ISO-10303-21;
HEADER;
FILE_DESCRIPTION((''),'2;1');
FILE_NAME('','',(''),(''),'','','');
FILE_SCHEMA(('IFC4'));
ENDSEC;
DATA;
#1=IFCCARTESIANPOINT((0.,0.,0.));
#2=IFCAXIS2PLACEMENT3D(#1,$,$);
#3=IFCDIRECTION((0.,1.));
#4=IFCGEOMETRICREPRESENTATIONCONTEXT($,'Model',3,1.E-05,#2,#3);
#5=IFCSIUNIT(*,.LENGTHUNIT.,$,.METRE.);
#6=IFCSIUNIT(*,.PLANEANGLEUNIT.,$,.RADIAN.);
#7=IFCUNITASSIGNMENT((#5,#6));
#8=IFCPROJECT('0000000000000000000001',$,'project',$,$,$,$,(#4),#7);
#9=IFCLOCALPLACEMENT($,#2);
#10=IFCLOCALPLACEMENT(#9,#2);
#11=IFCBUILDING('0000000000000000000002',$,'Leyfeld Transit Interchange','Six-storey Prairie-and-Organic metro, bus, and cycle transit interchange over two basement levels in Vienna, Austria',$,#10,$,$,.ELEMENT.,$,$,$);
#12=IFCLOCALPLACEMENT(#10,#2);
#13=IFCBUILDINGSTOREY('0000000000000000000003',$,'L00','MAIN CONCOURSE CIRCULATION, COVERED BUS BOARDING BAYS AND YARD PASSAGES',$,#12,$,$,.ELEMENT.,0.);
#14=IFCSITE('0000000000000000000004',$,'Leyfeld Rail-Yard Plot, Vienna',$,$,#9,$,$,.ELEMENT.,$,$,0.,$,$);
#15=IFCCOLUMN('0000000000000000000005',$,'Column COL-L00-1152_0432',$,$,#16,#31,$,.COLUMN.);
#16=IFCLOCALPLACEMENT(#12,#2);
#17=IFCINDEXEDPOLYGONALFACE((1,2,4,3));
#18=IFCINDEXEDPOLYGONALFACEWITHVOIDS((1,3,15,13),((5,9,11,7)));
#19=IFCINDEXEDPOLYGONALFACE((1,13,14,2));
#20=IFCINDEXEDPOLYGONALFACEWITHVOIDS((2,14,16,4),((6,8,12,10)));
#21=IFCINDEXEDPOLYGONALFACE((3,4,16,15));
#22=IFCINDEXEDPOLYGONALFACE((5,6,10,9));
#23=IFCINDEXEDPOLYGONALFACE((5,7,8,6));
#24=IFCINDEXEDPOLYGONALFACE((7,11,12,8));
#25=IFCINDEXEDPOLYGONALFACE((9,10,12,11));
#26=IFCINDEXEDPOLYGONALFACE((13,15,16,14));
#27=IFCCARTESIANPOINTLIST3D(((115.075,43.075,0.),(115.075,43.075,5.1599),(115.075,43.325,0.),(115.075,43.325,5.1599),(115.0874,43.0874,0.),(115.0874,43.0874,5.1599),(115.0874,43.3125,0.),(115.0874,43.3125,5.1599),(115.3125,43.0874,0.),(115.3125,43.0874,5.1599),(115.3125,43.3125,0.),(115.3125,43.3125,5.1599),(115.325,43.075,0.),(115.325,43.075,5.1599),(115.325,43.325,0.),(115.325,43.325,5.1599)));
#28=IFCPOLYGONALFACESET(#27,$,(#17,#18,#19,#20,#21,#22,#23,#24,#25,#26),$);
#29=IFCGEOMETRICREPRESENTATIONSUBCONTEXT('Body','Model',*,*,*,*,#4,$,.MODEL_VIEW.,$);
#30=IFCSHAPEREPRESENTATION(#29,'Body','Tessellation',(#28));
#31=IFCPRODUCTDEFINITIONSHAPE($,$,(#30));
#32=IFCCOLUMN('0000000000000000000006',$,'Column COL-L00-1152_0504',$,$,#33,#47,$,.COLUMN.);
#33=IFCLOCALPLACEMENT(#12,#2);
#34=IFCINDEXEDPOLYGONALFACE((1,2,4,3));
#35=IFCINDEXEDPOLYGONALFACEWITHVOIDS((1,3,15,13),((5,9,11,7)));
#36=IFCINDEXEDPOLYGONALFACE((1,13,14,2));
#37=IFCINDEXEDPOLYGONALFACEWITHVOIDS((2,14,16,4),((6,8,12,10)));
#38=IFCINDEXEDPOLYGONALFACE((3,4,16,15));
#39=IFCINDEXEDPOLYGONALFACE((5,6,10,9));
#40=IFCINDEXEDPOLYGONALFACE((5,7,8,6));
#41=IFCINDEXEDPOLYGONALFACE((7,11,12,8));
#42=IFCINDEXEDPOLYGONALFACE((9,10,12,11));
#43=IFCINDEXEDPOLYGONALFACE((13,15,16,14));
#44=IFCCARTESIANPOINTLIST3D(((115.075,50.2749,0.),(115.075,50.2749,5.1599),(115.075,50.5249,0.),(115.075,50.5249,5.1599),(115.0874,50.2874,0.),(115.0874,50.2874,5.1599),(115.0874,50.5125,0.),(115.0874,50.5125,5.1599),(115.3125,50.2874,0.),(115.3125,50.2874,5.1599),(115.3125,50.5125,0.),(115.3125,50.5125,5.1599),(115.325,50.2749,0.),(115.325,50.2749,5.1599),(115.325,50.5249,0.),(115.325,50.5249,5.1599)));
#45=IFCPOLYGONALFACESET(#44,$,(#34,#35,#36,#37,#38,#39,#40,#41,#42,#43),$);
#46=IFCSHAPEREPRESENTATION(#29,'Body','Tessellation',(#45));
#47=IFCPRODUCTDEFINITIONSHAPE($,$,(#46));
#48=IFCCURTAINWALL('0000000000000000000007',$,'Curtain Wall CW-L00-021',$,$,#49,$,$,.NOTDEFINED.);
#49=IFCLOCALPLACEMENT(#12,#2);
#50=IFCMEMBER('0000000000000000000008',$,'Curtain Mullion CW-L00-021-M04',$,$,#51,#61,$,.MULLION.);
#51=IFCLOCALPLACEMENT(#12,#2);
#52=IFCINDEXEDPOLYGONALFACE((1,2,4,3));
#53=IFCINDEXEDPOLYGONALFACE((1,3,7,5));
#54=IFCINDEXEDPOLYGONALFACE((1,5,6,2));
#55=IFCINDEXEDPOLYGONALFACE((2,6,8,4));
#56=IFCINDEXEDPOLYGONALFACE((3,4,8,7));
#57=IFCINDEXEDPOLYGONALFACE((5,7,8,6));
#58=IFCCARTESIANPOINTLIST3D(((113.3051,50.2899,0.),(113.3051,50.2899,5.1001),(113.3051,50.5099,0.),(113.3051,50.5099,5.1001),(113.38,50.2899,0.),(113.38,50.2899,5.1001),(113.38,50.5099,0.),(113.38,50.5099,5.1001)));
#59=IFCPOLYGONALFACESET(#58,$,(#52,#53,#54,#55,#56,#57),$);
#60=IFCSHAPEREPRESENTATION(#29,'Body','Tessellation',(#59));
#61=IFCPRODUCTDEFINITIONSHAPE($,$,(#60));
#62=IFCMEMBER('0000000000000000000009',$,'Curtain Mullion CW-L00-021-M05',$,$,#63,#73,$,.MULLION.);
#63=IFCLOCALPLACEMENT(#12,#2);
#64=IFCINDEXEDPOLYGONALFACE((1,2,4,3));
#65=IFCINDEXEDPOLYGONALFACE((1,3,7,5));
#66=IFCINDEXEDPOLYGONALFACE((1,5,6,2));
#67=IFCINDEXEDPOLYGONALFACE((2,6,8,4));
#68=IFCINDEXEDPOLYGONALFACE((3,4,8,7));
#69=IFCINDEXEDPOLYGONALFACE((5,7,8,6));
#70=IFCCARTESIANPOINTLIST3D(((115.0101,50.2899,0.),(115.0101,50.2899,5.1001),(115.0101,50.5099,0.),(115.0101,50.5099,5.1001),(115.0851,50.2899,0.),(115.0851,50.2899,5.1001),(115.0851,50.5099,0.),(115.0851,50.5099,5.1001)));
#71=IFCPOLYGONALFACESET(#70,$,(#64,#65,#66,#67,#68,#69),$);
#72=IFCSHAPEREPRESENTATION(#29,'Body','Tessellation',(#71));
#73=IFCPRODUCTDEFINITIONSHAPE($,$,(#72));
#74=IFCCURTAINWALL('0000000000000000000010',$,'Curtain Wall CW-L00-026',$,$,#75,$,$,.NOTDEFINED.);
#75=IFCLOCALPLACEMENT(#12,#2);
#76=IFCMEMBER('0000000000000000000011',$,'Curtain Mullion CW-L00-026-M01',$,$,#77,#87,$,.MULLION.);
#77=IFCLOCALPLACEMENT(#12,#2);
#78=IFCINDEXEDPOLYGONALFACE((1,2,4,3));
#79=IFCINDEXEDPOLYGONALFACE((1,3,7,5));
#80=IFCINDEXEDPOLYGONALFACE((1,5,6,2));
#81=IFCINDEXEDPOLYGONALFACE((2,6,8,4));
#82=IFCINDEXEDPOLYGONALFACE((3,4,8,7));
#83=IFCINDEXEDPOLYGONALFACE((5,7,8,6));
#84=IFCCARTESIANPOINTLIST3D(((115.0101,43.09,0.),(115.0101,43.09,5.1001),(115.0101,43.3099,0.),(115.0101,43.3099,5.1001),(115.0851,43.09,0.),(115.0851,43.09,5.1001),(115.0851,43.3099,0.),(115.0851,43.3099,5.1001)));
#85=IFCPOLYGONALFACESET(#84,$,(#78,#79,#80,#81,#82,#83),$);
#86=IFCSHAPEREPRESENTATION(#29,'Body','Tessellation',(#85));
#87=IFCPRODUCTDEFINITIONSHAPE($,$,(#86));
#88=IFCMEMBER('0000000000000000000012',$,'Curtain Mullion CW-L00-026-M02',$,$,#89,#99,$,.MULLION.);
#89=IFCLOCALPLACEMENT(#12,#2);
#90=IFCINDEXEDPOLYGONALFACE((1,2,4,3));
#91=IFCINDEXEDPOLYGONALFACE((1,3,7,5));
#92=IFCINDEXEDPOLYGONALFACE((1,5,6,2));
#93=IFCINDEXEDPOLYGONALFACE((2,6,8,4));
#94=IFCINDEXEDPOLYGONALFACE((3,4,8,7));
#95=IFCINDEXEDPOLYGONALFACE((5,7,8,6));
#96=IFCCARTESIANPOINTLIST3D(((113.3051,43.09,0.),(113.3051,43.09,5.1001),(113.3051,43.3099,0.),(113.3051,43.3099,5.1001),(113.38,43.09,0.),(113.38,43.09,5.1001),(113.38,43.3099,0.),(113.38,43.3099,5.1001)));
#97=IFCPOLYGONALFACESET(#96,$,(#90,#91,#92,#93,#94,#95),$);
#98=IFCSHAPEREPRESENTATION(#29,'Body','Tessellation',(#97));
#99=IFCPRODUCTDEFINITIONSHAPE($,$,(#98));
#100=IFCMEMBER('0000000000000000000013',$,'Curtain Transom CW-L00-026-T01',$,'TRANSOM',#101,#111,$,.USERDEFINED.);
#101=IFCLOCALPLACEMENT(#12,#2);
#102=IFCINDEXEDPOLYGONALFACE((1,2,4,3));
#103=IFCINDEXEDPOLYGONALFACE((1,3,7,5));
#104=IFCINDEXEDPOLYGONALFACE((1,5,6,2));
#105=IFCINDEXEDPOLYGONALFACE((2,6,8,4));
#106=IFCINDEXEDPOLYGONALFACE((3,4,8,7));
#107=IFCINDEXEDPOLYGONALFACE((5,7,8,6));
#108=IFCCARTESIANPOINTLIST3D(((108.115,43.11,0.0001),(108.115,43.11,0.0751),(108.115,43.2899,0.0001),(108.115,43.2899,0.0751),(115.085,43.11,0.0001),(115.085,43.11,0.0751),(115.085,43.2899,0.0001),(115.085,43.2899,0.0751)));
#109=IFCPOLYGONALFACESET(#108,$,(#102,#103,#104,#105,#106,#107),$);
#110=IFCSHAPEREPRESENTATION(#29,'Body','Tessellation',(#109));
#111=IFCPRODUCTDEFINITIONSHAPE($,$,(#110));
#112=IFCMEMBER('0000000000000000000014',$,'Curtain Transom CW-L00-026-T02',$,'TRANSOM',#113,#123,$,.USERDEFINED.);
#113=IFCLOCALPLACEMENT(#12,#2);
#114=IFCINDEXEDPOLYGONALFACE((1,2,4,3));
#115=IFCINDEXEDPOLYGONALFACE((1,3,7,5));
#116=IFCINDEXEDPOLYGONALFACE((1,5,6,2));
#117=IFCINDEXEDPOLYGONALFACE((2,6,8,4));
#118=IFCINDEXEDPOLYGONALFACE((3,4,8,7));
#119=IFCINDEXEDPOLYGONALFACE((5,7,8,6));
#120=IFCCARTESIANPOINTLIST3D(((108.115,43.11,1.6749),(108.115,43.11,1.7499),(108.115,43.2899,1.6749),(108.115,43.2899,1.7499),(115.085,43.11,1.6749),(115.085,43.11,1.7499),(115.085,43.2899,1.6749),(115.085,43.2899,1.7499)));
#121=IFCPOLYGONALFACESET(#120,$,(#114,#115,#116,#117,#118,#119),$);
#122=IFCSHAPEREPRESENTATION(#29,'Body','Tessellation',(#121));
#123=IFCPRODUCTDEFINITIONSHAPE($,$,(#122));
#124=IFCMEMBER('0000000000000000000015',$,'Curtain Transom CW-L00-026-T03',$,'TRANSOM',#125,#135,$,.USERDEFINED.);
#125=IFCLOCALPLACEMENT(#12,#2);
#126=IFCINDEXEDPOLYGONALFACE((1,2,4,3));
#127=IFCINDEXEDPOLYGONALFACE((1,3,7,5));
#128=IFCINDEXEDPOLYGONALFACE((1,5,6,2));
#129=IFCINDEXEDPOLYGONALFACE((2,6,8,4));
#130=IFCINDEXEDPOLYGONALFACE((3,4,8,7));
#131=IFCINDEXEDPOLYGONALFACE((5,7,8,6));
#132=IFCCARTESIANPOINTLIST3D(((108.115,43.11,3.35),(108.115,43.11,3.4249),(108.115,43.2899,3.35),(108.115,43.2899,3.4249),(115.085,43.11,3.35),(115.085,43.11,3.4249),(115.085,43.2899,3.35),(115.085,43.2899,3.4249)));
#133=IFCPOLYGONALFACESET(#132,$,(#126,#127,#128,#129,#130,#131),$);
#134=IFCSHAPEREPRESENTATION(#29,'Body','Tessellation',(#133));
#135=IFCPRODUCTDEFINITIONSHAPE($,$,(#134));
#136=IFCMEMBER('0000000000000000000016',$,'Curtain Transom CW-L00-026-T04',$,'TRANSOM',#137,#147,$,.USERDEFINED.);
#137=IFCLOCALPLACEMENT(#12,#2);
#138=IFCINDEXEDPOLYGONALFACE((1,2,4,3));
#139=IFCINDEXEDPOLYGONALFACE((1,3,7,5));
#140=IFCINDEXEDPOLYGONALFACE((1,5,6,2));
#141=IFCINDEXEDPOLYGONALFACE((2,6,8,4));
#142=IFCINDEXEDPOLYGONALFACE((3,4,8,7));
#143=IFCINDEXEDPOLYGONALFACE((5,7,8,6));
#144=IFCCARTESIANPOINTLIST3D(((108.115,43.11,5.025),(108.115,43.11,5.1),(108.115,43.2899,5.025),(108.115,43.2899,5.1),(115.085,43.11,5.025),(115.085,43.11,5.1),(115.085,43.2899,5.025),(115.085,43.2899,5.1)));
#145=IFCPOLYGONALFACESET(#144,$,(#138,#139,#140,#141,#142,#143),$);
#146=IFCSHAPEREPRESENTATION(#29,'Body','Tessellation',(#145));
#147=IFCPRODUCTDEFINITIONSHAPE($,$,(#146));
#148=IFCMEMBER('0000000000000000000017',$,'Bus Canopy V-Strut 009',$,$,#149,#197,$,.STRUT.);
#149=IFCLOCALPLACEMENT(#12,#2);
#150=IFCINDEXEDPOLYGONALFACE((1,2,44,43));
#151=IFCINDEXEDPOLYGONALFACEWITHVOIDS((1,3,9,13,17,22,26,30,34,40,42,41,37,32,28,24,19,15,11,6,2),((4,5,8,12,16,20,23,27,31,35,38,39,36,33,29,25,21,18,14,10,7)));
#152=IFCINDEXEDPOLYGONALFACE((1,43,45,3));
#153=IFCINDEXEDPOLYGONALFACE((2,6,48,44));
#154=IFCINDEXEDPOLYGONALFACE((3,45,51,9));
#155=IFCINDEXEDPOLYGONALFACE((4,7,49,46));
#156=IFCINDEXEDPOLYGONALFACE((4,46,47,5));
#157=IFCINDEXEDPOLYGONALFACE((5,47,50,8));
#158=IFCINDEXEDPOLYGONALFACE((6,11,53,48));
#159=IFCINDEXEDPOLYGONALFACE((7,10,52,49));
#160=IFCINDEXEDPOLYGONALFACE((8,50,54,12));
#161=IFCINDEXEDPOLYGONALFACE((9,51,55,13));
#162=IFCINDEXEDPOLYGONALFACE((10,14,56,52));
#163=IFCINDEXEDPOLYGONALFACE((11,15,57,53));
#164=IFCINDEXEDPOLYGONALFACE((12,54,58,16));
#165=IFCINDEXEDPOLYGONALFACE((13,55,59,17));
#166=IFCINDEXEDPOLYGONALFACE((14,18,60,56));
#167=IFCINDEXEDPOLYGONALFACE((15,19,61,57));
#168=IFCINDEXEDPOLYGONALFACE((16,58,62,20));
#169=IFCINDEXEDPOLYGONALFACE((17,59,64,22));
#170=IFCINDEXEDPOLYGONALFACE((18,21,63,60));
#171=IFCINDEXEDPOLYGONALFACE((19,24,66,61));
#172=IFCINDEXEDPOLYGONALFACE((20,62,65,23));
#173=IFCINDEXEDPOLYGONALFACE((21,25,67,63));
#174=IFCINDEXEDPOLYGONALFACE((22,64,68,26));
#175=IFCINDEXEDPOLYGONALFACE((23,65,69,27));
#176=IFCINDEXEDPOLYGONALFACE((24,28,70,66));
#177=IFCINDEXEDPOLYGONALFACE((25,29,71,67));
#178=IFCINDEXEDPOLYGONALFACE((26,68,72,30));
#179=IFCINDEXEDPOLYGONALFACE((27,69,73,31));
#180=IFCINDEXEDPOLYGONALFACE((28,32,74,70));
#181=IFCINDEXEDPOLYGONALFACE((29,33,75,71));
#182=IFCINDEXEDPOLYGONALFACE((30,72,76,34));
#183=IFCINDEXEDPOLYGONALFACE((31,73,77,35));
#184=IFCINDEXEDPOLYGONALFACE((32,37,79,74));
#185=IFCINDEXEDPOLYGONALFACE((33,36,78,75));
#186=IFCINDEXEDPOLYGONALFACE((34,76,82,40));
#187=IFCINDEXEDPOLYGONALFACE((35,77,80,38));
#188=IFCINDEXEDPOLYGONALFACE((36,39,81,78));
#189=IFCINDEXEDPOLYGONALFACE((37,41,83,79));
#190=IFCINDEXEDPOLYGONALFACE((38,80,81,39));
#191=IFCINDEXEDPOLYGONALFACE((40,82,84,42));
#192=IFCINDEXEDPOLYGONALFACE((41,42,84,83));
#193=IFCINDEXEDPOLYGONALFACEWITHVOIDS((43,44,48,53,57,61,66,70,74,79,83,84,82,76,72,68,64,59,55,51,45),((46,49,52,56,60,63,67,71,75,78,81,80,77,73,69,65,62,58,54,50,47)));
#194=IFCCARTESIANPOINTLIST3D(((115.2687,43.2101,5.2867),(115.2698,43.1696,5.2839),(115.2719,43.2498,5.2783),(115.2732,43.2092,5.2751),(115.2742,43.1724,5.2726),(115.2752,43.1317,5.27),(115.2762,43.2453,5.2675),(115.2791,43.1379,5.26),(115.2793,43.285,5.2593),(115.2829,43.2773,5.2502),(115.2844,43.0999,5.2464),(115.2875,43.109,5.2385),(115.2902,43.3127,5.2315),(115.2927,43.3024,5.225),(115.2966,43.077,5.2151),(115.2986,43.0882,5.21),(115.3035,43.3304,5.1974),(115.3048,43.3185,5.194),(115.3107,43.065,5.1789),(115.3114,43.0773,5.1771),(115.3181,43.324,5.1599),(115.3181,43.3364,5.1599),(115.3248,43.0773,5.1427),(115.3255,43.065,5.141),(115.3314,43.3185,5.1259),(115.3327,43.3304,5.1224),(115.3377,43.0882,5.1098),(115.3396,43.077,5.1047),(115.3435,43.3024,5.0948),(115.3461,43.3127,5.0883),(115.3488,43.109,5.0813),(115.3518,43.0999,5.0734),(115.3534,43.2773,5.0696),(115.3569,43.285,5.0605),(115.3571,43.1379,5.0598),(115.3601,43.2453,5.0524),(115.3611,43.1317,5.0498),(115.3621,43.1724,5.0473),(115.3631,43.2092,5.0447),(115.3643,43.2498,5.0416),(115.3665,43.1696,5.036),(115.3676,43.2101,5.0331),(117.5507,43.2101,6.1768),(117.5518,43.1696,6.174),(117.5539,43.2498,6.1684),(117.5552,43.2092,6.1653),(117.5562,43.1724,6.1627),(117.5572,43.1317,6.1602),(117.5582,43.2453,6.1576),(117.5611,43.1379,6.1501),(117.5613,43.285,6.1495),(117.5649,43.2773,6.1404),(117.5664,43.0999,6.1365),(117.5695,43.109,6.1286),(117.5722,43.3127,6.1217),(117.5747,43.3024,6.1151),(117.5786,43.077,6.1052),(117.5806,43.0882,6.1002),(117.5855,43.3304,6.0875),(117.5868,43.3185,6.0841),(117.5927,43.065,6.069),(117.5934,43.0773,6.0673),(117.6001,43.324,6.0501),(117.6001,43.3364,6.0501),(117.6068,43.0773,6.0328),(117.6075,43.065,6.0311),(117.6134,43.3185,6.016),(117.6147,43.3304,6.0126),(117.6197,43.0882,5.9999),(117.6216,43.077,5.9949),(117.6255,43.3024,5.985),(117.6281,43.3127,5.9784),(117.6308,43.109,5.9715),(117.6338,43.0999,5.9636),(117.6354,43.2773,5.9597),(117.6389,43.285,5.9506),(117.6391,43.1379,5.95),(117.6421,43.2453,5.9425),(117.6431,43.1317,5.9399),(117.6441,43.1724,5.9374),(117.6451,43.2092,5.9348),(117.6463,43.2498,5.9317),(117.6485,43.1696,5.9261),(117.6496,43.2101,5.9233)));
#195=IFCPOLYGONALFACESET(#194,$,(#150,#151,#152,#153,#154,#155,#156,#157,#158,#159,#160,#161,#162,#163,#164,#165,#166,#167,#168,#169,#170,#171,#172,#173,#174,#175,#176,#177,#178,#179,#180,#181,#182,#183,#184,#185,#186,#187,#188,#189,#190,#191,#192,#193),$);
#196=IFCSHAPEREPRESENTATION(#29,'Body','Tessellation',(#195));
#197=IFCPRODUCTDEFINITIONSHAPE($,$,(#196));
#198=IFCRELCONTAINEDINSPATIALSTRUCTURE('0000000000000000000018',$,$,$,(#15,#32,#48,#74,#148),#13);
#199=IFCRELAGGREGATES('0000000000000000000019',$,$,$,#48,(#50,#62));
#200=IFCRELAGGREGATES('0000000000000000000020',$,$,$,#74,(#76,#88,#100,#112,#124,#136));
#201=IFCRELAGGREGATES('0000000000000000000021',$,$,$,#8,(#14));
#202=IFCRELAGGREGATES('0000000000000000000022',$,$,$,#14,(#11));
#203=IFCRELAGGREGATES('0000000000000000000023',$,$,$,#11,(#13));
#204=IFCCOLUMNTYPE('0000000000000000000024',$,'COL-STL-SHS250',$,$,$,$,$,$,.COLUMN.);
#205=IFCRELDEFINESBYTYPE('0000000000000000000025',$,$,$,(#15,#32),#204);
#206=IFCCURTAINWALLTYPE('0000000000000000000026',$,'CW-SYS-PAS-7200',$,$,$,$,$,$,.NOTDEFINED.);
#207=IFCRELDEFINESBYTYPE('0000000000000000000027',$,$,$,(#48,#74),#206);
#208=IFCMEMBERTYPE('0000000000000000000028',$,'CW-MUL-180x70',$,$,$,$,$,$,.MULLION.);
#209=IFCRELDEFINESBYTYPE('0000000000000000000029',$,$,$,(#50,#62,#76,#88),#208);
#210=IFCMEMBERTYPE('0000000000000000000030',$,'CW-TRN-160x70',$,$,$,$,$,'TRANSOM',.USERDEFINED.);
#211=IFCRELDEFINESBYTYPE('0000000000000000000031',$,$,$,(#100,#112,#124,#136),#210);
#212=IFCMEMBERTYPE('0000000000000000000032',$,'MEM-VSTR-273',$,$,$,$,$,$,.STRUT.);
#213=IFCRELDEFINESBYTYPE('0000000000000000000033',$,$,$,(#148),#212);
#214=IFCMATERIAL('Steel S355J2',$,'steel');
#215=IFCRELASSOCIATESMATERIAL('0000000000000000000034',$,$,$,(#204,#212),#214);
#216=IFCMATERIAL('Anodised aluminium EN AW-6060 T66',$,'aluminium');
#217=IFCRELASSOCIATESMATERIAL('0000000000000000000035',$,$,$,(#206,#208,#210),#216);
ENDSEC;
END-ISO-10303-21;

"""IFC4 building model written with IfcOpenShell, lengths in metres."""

from ifc_helpers import new_model, si_unit, direction, frame, origin, origin_2d, place, context, subcontext, project, spatial, rectangle, hollow_rectangle, hollow_circle, extrude, material, material_profile, profile_set, type_object, element, aggregate, save


model = new_model("IFC4")

# Units and contexts
model_context = context("Model", 3, precision=1e-05, world=origin(), true_north=direction((0.0, 1.0)))
body_context = subcontext(model_context, "Body", "Model", "MODEL_VIEW")
ifc_project = project(units=[si_unit("LENGTHUNIT", "METRE"), si_unit("PLANEANGLEUNIT", "RADIAN")], contexts=[model_context])

# Site, building, storey
site_placement = place(None, origin())
site = spatial("IfcSite", under=ifc_project, at=site_placement, Name="Leyfeld Rail-Yard Plot, Vienna", CompositionType="ELEMENT", RefElevation=0.0)
building_placement = place(site_placement, origin())
building = spatial("IfcBuilding", under=site, at=building_placement, Name="Leyfeld Transit Interchange", Description="Six-storey Prairie-and-Organic metro, bus, and cycle transit interchange over two basement levels in Vienna, Austria", CompositionType="ELEMENT")
storey_placement = place(building_placement, origin())
storey = spatial("IfcBuildingStorey", under=building, at=storey_placement, Name="L00", Description="MAIN CONCOURSE CIRCULATION, COVERED BUS BOARDING BAYS AND YARD PASSAGES", CompositionType="ELEMENT", Elevation=0.0)

# Columns
ifc_material_1 = material(Name="Steel S355J2", Category="steel")
ifc_material_profile_1 = material_profile(ifc_material_1, hollow_rectangle(XDim=0.25, YDim=0.25, WallThickness=0.0125, at=origin_2d()), Name="SHS 250x250x12.5")
ifc_profile_set_1 = profile_set([ifc_material_profile_1], Name="Steel S355J2")
column_type = type_object("IfcColumnType", Name="COL-STL-SHS250", PredefinedType="COLUMN", material=ifc_profile_set_1)
for number, where, z_axis, x_axis, name in (
    (1, (115.2, 43.2, 0.0), (0.0, 0.0, 1.0), (1.0, 0.0, 0.0), "Column COL-L00-1152_0432"),
    (2, (115.2, 50.3999, 0.0), (0.0, 0.0, 1.0), (1.0, 0.0, 0.0), "Column COL-L00-1152_0504"),
):
    element("IfcColumn", number, at=place(storey_placement, frame(where, z_axis=z_axis, x_axis=x_axis)), inside=storey, type_object=column_type, Name=name, PredefinedType="COLUMN", context=body_context, shape_type="SweptSolid", body=[
        extrude(hollow_rectangle(XDim=0.25, YDim=0.25, WallThickness=0.0125, at=origin_2d()), origin(), (0.0, 0.0, 1.0), 5.1599),
    ])

# Curtain walls, members
ifc_material_2 = material(Name="Anodised aluminium EN AW-6060 T66", Category="aluminium")
curtain_wall_type = type_object("IfcCurtainWallType", Name="CW-SYS-PAS-7200", PredefinedType="NOTDEFINED", material=ifc_material_2)
curtain_wall_1_placement = place(storey_placement, origin())
curtain_wall_1 = element("IfcCurtainWall", 3, at=curtain_wall_1_placement, inside=storey, type_object=curtain_wall_type, Name="Curtain Wall CW-L00-021", PredefinedType="NOTDEFINED")
ifc_material_profile_2 = material_profile(ifc_material_2, rectangle(XDim=0.075, YDim=0.22, at=origin_2d()), Name="CW-M 75x220")
ifc_profile_set_2 = profile_set([ifc_material_profile_2], Name="Anodised aluminium EN AW-6060 T66")
member_type_1 = type_object("IfcMemberType", Name="CW-MUL-180x70", PredefinedType="MULLION", material=ifc_profile_set_2)
member_1_placement = place(storey_placement, frame((113.3425, 50.3999, 0.0), z_axis=(0.0, 0.0, 1.0), x_axis=(1.0, 0.0, 0.0)))
member_1 = element("IfcMember", 4, at=member_1_placement, type_object=member_type_1, Name="Curtain Mullion CW-L00-021-M04", PredefinedType="MULLION", context=body_context, shape_type="SweptSolid", body=[
    extrude(rectangle(XDim=0.075, YDim=0.22, at=origin_2d()), origin(), (0.0, 0.0, 1.0), 5.1001),
])
member_2_placement = place(storey_placement, frame((115.0476, 50.3999, 0.0), z_axis=(0.0, 0.0, 1.0), x_axis=(1.0, 0.0, 0.0)))
member_2 = element("IfcMember", 5, at=member_2_placement, type_object=member_type_1, Name="Curtain Mullion CW-L00-021-M05", PredefinedType="MULLION", context=body_context, shape_type="SweptSolid", body=[
    extrude(rectangle(XDim=0.075, YDim=0.22, at=origin_2d()), origin(), (0.0, 0.0, 1.0), 5.1001),
])
curtain_wall_2_placement = place(storey_placement, origin())
curtain_wall_2 = element("IfcCurtainWall", 6, at=curtain_wall_2_placement, inside=storey, type_object=curtain_wall_type, Name="Curtain Wall CW-L00-026", PredefinedType="NOTDEFINED")
member_3_placement = place(storey_placement, frame((115.0476, 43.2, 0.0), z_axis=(0.0, 0.0, 1.0), x_axis=(-1.0, 0.0, 0.0)))
member_3 = element("IfcMember", 7, at=member_3_placement, type_object=member_type_1, Name="Curtain Mullion CW-L00-026-M01", PredefinedType="MULLION", context=body_context, shape_type="SweptSolid", body=[
    extrude(rectangle(XDim=0.075, YDim=0.22, at=origin_2d()), origin(), (0.0, 0.0, 1.0), 5.1001),
])
member_4_placement = place(storey_placement, frame((113.3425, 43.2, 0.0), z_axis=(0.0, 0.0, 1.0), x_axis=(-1.0, 0.0, 0.0)))
member_4 = element("IfcMember", 8, at=member_4_placement, type_object=member_type_1, Name="Curtain Mullion CW-L00-026-M02", PredefinedType="MULLION", context=body_context, shape_type="SweptSolid", body=[
    extrude(rectangle(XDim=0.075, YDim=0.22, at=origin_2d()), origin(), (0.0, 0.0, 1.0), 5.1001),
])
ifc_material_profile_3 = material_profile(ifc_material_2, rectangle(XDim=0.1799, YDim=0.075, at=origin_2d()), Name="CW-TRN-160x70")
ifc_profile_set_3 = profile_set([ifc_material_profile_3], Name="Anodised aluminium EN AW-6060 T66")
member_type_2 = type_object("IfcMemberType", Name="CW-TRN-160x70", ElementType="TRANSOM", PredefinedType="USERDEFINED", material=ifc_profile_set_3)
member_5_placement = place(storey_placement, frame((115.085, 43.2, 0.0376), z_axis=(-1.0, 0.0, 0.0), x_axis=(0.0, -1.0, 0.0)))
member_5 = element("IfcMember", 9, at=member_5_placement, type_object=member_type_2, Name="Curtain Transom CW-L00-026-T01", ObjectType="TRANSOM", PredefinedType="USERDEFINED", context=body_context, shape_type="SweptSolid", body=[
    extrude(rectangle(XDim=0.1799, YDim=0.075, at=origin_2d()), origin(), (0.0, 0.0, 1.0), 6.97),
])
member_6_placement = place(storey_placement, frame((115.085, 43.2, 1.7124), z_axis=(-1.0, 0.0, 0.0), x_axis=(0.0, -1.0, 0.0)))
member_6 = element("IfcMember", 10, at=member_6_placement, type_object=member_type_2, Name="Curtain Transom CW-L00-026-T02", ObjectType="TRANSOM", PredefinedType="USERDEFINED", context=body_context, shape_type="SweptSolid", body=[
    extrude(rectangle(XDim=0.1799, YDim=0.075, at=origin_2d()), origin(), (0.0, 0.0, 1.0), 6.97),
])
member_7_placement = place(storey_placement, frame((115.085, 43.2, 3.3875), z_axis=(-1.0, 0.0, 0.0), x_axis=(0.0, -1.0, 0.0)))
member_7 = element("IfcMember", 11, at=member_7_placement, type_object=member_type_2, Name="Curtain Transom CW-L00-026-T03", ObjectType="TRANSOM", PredefinedType="USERDEFINED", context=body_context, shape_type="SweptSolid", body=[
    extrude(rectangle(XDim=0.1799, YDim=0.075, at=origin_2d()), origin(), (0.0, 0.0, 1.0), 6.97),
])
member_8_placement = place(storey_placement, frame((115.085, 43.2, 5.0625), z_axis=(-1.0, 0.0, 0.0), x_axis=(0.0, -1.0, 0.0)))
member_8 = element("IfcMember", 12, at=member_8_placement, type_object=member_type_2, Name="Curtain Transom CW-L00-026-T04", ObjectType="TRANSOM", PredefinedType="USERDEFINED", context=body_context, shape_type="SweptSolid", body=[
    extrude(rectangle(XDim=0.1799, YDim=0.075, at=origin_2d()), origin(), (0.0, 0.0, 1.0), 6.97),
])

# Member
ifc_material_profile_4 = material_profile(ifc_material_1, hollow_circle(Radius=0.1365, WallThickness=0.0125, at=origin_2d()), Name="CHS 273x12.5")
ifc_profile_set_4 = profile_set([ifc_material_profile_4], Name="Steel S355J2")
member_type_3 = type_object("IfcMemberType", Name="MEM-VSTR-273", PredefinedType="STRUT", material=ifc_profile_set_4)
member_9_placement = place(storey_placement, frame((115.3181, 43.2, 5.1599), z_axis=(0.931632, 0.0, 0.363403), x_axis=(0.0, 1.0, 0.0)))
element("IfcMember", 13, at=member_9_placement, inside=storey, type_object=member_type_3, Name="Bus Canopy V-Strut 009", PredefinedType="STRUT", context=body_context, shape_type="SweptSolid", body=[
    extrude(hollow_circle(Radius=0.1365, WallThickness=0.0125, at=origin_2d()), origin(), (0.0, 0.0, 1.0), 2.4495),
])

aggregate(curtain_wall_1, [member_1, member_2])
aggregate(curtain_wall_2, [member_3, member_4, member_5, member_6, member_7, member_8])

save(model, "model.ifc")
